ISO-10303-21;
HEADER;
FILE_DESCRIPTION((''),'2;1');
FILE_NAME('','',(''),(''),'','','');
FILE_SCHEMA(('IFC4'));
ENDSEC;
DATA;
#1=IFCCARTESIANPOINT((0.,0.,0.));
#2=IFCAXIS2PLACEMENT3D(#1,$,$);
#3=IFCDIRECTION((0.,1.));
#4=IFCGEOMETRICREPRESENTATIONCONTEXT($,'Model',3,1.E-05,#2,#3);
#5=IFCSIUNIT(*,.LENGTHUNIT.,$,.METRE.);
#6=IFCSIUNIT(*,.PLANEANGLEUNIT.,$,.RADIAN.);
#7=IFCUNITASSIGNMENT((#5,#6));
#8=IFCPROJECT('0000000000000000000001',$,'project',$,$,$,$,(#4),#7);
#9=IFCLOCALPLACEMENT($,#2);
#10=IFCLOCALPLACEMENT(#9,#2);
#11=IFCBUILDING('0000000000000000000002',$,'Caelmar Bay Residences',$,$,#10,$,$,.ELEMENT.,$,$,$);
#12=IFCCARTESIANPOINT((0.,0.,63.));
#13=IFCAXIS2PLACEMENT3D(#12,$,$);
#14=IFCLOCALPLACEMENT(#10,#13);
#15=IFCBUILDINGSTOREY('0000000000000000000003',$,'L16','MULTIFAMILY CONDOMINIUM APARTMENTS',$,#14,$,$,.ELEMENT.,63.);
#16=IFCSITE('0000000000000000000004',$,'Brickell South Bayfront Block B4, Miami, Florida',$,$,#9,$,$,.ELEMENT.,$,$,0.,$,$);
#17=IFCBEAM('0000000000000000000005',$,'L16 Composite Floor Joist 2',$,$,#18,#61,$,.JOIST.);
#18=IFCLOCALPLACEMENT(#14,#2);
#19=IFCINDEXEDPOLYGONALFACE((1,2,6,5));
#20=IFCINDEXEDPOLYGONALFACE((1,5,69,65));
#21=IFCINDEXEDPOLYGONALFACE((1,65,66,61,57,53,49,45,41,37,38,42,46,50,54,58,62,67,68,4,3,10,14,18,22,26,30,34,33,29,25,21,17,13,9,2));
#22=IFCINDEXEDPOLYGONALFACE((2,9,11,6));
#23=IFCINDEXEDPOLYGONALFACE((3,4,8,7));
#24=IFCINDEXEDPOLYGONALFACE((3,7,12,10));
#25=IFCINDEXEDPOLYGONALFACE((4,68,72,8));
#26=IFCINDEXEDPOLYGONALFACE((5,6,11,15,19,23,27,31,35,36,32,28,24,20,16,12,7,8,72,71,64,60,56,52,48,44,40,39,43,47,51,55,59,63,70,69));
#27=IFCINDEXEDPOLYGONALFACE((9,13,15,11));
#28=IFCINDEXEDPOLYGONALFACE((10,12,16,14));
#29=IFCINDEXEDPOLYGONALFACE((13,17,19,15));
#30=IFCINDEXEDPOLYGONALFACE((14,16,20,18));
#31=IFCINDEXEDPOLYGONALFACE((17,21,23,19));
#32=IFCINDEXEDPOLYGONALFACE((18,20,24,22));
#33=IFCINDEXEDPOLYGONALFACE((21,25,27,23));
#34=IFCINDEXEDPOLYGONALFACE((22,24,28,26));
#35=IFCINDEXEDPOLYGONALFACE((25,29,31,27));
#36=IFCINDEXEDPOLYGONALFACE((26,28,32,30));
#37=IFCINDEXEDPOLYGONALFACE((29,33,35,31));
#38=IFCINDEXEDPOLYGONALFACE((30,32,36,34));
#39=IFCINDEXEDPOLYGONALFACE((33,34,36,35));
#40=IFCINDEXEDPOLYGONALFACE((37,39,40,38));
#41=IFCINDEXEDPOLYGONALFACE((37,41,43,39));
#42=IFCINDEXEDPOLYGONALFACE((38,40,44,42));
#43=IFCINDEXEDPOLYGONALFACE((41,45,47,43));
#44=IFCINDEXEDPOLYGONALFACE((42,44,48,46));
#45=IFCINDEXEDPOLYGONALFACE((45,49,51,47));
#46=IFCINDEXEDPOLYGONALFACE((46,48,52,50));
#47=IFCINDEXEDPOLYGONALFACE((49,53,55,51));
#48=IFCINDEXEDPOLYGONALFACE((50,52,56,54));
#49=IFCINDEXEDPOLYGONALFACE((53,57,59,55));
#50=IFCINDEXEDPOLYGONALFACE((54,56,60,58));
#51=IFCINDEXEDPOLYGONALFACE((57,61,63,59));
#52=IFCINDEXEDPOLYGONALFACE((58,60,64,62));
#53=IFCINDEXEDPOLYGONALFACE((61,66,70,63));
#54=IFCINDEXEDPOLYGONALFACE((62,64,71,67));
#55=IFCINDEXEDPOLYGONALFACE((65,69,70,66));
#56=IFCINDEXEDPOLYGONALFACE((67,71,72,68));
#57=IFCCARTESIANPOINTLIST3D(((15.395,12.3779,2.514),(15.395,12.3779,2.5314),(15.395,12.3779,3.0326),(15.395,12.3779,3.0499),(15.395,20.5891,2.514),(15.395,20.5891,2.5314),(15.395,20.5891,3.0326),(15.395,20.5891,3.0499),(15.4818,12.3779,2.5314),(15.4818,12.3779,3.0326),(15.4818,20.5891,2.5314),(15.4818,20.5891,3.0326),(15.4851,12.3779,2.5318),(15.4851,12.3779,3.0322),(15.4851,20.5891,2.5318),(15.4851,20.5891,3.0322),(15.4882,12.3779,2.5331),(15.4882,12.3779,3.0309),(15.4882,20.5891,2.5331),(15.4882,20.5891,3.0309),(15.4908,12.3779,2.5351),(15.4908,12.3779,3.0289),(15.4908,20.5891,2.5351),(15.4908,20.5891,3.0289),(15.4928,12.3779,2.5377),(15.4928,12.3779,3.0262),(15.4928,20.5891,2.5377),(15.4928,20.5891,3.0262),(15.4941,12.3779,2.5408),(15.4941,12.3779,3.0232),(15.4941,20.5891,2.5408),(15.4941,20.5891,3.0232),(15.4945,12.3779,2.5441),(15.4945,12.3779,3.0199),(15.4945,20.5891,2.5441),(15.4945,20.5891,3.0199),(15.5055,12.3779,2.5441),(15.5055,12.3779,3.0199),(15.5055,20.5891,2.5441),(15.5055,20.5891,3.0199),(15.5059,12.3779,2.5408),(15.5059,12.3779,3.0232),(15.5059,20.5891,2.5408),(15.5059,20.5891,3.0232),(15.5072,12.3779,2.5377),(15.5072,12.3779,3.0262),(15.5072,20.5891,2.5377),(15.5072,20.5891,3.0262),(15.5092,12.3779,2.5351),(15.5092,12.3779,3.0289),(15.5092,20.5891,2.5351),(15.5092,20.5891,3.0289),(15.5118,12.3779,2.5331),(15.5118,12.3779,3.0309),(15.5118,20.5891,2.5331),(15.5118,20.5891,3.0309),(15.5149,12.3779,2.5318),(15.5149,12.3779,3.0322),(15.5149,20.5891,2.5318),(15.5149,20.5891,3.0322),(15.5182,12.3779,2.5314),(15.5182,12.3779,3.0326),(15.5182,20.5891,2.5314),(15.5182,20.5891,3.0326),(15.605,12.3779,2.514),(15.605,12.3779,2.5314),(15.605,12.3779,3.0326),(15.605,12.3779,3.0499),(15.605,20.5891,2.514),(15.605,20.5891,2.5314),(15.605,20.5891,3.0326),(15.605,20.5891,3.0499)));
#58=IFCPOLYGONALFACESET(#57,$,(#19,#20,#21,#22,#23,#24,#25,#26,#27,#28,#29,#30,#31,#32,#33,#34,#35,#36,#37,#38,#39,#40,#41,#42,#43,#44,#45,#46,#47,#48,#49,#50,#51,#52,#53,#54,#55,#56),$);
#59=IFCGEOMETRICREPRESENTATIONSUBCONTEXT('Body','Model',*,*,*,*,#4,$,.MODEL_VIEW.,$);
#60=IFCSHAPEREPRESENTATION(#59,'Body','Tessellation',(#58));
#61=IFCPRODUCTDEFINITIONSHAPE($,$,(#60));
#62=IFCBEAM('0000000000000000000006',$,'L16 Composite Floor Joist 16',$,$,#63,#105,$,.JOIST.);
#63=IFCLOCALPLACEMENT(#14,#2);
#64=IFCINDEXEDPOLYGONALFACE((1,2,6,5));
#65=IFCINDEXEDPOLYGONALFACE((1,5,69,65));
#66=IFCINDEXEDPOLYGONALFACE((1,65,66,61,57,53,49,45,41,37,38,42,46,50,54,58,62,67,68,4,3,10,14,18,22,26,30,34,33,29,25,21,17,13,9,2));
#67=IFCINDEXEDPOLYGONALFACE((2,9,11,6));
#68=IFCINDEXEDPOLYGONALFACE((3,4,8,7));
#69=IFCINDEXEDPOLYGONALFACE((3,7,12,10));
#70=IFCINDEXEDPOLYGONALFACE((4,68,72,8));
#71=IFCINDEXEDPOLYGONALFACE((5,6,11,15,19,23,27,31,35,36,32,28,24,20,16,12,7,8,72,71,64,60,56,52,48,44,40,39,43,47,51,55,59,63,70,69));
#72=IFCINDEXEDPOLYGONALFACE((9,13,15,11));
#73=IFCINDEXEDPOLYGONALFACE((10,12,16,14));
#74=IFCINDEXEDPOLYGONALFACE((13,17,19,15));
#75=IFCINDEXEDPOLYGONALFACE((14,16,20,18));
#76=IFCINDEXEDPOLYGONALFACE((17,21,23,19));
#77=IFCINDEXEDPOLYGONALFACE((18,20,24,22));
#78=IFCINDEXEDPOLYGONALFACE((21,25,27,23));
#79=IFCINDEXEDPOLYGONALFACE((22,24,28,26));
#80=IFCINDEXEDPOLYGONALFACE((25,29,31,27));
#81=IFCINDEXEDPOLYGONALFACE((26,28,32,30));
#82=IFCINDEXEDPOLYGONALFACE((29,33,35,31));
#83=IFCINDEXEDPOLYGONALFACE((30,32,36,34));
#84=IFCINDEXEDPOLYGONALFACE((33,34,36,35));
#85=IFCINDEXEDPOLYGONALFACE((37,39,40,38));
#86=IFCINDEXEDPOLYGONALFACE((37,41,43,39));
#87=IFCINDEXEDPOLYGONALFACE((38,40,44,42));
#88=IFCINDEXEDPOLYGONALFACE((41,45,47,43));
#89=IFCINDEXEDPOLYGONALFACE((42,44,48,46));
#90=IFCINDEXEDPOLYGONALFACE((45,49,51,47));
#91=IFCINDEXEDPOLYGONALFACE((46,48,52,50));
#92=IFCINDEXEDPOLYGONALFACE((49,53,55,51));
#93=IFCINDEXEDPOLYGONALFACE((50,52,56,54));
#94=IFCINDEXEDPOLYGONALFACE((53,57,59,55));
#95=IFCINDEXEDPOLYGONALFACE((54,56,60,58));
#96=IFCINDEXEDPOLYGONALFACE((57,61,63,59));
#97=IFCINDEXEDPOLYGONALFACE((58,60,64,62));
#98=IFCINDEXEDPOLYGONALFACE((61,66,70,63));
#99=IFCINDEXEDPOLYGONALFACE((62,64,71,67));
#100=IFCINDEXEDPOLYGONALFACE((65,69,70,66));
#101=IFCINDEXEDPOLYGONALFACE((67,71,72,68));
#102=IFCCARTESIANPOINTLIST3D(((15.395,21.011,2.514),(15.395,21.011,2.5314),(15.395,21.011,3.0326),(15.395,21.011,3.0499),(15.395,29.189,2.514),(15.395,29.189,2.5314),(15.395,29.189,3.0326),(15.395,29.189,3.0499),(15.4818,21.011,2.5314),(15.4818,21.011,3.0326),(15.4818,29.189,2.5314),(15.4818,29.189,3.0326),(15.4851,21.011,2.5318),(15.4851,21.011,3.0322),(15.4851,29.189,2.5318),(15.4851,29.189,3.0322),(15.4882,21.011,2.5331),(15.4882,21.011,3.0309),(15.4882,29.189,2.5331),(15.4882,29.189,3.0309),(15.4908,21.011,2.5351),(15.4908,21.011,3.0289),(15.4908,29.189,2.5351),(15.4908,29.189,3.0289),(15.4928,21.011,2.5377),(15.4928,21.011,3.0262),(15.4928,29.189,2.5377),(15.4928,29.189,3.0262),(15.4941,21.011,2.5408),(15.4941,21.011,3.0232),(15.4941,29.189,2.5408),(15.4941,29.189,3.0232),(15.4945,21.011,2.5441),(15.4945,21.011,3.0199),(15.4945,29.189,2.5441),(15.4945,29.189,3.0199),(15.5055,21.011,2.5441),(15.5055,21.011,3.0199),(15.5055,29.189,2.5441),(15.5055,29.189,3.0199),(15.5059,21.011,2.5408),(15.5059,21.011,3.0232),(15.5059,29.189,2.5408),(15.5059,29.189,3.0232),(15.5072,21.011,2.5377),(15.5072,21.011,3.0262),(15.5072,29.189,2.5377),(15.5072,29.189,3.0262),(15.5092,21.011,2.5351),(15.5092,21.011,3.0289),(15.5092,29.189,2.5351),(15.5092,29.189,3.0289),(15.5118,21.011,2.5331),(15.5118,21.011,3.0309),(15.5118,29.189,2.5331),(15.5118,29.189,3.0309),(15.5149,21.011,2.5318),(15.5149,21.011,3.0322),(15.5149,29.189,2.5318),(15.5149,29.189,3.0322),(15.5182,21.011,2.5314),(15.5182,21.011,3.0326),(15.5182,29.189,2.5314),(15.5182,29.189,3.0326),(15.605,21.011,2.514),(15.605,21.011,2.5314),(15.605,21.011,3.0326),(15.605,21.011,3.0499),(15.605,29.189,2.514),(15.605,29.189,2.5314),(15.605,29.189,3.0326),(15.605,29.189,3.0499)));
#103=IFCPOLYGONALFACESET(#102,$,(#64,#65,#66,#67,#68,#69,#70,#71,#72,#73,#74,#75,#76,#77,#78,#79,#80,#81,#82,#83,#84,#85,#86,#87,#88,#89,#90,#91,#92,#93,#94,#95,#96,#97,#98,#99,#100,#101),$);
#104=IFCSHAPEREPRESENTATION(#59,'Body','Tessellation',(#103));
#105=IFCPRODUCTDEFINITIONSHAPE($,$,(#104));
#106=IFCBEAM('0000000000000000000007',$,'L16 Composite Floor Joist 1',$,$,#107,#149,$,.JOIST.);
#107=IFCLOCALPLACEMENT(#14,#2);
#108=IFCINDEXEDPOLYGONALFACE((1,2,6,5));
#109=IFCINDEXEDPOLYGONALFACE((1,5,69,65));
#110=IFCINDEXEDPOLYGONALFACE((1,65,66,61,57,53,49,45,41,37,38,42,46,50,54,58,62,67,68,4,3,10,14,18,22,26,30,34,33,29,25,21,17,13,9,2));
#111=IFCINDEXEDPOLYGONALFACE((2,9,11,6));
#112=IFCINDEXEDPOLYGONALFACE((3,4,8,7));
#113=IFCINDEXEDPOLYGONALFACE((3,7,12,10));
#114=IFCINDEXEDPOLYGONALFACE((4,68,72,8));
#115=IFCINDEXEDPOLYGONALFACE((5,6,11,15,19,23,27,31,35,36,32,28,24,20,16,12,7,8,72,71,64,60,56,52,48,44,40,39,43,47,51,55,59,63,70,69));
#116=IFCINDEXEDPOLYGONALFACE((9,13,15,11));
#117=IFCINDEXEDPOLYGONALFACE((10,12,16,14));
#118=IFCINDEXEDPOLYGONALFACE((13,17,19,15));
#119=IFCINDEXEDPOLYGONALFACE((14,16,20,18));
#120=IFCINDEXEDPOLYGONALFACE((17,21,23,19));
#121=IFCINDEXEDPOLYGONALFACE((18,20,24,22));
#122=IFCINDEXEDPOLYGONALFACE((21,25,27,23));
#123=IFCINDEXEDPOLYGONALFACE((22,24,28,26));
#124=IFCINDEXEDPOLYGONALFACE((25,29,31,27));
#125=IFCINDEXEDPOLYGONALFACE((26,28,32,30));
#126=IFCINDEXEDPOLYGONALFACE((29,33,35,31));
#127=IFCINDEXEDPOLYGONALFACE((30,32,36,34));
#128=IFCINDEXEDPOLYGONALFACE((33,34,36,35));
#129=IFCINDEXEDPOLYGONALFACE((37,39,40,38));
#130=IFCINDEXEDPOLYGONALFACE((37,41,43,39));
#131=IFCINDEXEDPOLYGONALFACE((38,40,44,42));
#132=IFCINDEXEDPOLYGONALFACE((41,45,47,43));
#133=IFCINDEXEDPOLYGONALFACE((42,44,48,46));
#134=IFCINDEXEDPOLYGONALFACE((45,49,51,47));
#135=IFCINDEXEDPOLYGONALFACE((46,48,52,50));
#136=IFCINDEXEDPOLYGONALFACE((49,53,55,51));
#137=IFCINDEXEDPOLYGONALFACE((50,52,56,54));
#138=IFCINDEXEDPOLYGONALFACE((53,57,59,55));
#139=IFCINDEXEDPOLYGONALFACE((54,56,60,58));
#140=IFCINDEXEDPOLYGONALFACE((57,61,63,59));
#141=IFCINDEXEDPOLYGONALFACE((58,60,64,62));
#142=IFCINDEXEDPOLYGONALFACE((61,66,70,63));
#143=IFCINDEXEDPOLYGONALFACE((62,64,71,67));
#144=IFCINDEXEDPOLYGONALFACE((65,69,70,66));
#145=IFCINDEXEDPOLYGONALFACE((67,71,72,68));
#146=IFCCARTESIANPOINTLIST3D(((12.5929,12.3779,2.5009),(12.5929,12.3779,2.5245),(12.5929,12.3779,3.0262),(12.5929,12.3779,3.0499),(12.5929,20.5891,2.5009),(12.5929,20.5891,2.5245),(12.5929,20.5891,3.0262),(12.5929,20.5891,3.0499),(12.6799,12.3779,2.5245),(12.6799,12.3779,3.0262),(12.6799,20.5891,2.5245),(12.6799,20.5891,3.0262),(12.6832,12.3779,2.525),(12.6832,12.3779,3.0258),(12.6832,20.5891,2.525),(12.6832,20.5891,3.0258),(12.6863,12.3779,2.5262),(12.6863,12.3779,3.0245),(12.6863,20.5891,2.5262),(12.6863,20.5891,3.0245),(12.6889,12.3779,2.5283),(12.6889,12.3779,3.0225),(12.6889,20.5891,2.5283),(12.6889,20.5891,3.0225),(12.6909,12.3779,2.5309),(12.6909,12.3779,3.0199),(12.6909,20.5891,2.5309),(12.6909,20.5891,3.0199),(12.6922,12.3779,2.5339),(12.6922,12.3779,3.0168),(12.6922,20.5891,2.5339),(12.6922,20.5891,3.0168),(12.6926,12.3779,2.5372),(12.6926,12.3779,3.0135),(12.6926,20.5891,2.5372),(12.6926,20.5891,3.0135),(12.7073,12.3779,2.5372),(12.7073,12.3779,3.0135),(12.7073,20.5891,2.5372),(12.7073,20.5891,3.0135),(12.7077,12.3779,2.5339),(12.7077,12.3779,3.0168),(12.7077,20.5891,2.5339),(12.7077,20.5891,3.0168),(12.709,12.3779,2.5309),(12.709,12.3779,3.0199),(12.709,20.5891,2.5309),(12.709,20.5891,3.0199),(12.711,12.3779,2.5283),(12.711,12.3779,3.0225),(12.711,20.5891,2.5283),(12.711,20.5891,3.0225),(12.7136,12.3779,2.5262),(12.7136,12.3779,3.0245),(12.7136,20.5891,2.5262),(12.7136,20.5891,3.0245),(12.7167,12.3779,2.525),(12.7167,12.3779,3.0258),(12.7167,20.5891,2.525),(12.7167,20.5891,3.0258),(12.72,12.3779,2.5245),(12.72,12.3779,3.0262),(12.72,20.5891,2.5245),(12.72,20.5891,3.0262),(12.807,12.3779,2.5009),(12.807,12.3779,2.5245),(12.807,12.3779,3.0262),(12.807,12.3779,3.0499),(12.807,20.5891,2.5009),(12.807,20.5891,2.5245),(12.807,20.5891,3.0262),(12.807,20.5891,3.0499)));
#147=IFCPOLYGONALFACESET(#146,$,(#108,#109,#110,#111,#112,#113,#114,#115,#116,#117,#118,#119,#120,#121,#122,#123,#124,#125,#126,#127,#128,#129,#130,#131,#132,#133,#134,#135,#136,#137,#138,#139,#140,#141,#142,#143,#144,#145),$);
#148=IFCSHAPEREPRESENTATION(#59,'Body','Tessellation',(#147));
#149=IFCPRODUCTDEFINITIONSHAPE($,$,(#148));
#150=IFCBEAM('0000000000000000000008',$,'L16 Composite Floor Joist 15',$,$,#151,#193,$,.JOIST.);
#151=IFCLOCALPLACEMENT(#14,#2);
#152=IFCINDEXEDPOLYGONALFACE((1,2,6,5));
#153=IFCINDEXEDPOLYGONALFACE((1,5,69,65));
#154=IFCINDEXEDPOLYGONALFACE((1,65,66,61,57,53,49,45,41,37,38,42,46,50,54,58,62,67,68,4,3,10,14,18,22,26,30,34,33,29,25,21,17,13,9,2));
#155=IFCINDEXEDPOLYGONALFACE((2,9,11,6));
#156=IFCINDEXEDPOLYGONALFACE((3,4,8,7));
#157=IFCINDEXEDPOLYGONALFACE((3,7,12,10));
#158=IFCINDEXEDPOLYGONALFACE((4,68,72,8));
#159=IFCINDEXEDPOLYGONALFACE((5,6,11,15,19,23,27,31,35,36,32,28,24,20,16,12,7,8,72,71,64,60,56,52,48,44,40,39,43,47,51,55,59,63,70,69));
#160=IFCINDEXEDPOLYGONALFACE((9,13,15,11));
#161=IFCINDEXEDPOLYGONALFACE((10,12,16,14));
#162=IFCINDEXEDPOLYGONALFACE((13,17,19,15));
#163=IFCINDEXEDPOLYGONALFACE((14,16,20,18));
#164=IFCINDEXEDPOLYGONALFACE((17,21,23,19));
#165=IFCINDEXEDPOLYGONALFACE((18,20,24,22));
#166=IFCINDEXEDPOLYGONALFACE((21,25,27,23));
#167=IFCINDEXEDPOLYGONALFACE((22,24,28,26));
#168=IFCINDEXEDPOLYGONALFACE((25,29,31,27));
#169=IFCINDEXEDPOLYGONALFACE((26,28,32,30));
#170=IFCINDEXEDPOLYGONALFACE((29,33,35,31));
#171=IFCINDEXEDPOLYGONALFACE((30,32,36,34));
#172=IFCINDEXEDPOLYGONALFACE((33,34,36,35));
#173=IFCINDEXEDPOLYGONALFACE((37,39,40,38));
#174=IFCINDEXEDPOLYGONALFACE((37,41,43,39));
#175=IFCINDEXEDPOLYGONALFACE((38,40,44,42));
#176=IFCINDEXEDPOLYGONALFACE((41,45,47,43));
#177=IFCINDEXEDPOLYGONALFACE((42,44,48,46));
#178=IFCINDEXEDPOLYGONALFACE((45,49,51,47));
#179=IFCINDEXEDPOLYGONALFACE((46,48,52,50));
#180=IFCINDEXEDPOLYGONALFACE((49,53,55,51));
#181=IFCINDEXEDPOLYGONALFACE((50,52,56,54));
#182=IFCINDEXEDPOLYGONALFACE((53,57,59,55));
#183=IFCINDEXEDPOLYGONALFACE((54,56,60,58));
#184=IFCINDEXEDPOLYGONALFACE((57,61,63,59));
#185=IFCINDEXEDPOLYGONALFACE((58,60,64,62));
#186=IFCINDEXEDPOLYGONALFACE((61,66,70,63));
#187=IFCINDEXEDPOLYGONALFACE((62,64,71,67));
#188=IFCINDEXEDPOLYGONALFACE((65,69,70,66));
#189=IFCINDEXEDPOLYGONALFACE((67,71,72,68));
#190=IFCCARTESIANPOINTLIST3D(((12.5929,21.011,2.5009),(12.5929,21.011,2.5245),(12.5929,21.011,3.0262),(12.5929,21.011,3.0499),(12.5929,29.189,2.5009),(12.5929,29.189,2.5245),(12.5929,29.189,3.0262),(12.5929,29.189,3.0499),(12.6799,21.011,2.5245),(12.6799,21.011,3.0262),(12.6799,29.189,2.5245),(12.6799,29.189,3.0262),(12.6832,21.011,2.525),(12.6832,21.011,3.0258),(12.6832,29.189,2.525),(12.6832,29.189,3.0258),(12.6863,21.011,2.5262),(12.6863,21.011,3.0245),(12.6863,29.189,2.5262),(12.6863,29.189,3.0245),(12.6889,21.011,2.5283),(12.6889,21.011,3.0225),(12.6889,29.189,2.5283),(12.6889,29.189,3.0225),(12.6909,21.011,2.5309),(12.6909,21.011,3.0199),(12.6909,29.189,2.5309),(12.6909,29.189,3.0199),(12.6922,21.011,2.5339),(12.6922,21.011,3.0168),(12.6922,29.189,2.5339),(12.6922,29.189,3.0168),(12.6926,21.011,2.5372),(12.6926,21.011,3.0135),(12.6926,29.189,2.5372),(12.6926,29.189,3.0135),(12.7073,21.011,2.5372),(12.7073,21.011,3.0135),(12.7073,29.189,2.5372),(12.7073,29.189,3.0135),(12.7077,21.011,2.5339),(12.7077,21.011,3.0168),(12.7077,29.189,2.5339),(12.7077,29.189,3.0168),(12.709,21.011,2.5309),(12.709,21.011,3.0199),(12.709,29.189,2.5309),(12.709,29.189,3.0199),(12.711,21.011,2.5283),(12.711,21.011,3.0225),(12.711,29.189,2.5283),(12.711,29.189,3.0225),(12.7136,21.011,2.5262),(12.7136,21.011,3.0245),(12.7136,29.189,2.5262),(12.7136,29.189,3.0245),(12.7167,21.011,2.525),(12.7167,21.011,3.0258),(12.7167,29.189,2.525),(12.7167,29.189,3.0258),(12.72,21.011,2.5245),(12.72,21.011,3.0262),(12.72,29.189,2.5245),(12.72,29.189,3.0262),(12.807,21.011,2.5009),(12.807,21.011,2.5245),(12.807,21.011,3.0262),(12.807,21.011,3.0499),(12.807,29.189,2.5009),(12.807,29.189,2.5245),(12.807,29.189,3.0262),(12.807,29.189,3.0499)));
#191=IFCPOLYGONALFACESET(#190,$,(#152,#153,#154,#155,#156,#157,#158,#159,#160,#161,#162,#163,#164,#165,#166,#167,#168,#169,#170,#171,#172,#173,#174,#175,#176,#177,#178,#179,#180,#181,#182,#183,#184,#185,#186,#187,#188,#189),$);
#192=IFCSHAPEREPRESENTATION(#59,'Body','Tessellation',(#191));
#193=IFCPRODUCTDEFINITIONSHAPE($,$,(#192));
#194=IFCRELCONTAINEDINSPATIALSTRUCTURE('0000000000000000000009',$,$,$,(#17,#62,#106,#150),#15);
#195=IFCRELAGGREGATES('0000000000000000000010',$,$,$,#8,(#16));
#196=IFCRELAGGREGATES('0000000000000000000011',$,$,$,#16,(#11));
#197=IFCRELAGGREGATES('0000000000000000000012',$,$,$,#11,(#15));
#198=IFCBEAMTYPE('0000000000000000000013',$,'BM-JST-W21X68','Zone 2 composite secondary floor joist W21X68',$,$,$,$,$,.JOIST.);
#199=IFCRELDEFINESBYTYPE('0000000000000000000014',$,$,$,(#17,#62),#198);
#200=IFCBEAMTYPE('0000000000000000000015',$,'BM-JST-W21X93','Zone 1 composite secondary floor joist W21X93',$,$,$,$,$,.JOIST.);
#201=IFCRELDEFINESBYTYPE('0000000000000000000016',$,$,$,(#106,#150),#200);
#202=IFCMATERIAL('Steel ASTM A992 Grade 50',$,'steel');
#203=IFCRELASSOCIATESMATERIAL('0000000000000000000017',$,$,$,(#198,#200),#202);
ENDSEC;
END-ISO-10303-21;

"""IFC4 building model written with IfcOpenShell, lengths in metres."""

from ifc_helpers import new_model, si_unit, direction, frame, origin, origin_2d, place, context, subcontext, project, spatial, i_section, extrude, material, material_profile, profile_set, type_object, element, save


model = new_model("IFC4")

# Units and contexts
model_context = context("Model", 3, precision=1e-05, world=origin(), true_north=direction((0.0, 1.0)))
body_context = subcontext(model_context, "Body", "Model", "MODEL_VIEW")
ifc_project = project(units=[si_unit("LENGTHUNIT", "METRE"), si_unit("PLANEANGLEUNIT", "RADIAN")], contexts=[model_context])

# Site, building, storey
site_placement = place(None, origin())
site = spatial("IfcSite", under=ifc_project, at=site_placement, Name="Brickell South Bayfront Block B4, Miami, Florida", CompositionType="ELEMENT", RefElevation=0.0)
building_placement = place(site_placement, origin())
building = spatial("IfcBuilding", under=site, at=building_placement, Name="Caelmar Bay Residences", CompositionType="ELEMENT")
storey_placement = place(building_placement, frame((0.0, 0.0, 63.0)))
storey = spatial("IfcBuildingStorey", under=building, at=storey_placement, Name="L16", Description="MULTIFAMILY CONDOMINIUM APARTMENTS", CompositionType="ELEMENT", Elevation=63.0)

# Beams
ifc_material_1 = material(Name="Steel ASTM A992 Grade 50", Category="steel")
ifc_material_profile_1 = material_profile(ifc_material_1, i_section(OverallWidth=0.21, OverallDepth=0.5359, WebThickness=0.011, FlangeThickness=0.0173, FilletRadius=0.0127, at=origin_2d()), Name="W21X68")
ifc_profile_set_1 = profile_set([ifc_material_profile_1], Name="Steel ASTM A992 Grade 50")
beam_type_1 = type_object("IfcBeamType", Name="BM-JST-W21X68", Description="Zone 2 composite secondary floor joist W21X68", PredefinedType="JOIST", material=ifc_profile_set_1)
beam_1_placement = place(storey_placement, frame((15.5, 12.3779, 2.782), z_axis=(0.0, 1.0, 0.0), x_axis=(-1.0, 0.0, 0.0)))
element("IfcBeam", 1, at=beam_1_placement, inside=storey, type_object=beam_type_1, Name="L16 Composite Floor Joist 2", PredefinedType="JOIST", context=body_context, shape_type="SweptSolid", body=[
    extrude(i_section(OverallWidth=0.21, OverallDepth=0.5359, WebThickness=0.011, FlangeThickness=0.0173, FilletRadius=0.0127, at=origin_2d()), origin(), (0.0, 0.0, 1.0), 8.2112),
])
beam_2_placement = place(storey_placement, frame((15.5, 21.011, 2.782), z_axis=(0.0, 1.0, 0.0), x_axis=(-1.0, 0.0, 0.0)))
element("IfcBeam", 2, at=beam_2_placement, inside=storey, type_object=beam_type_1, Name="L16 Composite Floor Joist 16", PredefinedType="JOIST", context=body_context, shape_type="SweptSolid", body=[
    extrude(i_section(OverallWidth=0.21, OverallDepth=0.5359, WebThickness=0.011, FlangeThickness=0.0173, FilletRadius=0.0127, at=origin_2d()), origin(), (0.0, 0.0, 1.0), 8.178),
])
ifc_material_profile_2 = material_profile(ifc_material_1, i_section(OverallWidth=0.2141, OverallDepth=0.5491, WebThickness=0.0146, FlangeThickness=0.0237, FilletRadius=0.0127, at=origin_2d()), Name="W21X93")
ifc_profile_set_2 = profile_set([ifc_material_profile_2], Name="Steel ASTM A992 Grade 50")
beam_type_2 = type_object("IfcBeamType", Name="BM-JST-W21X93", Description="Zone 1 composite secondary floor joist W21X93", PredefinedType="JOIST", material=ifc_profile_set_2)
beam_3_placement = place(storey_placement, frame((12.7, 12.3779, 2.7754), z_axis=(0.0, 1.0, 0.0), x_axis=(-1.0, 0.0, 0.0)))
element("IfcBeam", 3, at=beam_3_placement, inside=storey, type_object=beam_type_2, Name="L16 Composite Floor Joist 1", PredefinedType="JOIST", context=body_context, shape_type="SweptSolid", body=[
    extrude(i_section(OverallWidth=0.2141, OverallDepth=0.5491, WebThickness=0.0146, FlangeThickness=0.0237, FilletRadius=0.0127, at=origin_2d()), origin(), (0.0, 0.0, 1.0), 8.2112),
])
beam_4_placement = place(storey_placement, frame((12.7, 21.011, 2.7754), z_axis=(0.0, 1.0, 0.0), x_axis=(-1.0, 0.0, 0.0)))
element("IfcBeam", 4, at=beam_4_placement, inside=storey, type_object=beam_type_2, Name="L16 Composite Floor Joist 15", PredefinedType="JOIST", context=body_context, shape_type="SweptSolid", body=[
    extrude(i_section(OverallWidth=0.2141, OverallDepth=0.5491, WebThickness=0.0146, FlangeThickness=0.0237, FilletRadius=0.0127, at=origin_2d()), origin(), (0.0, 0.0, 1.0), 8.178),
])

save(model, "model.ifc")
